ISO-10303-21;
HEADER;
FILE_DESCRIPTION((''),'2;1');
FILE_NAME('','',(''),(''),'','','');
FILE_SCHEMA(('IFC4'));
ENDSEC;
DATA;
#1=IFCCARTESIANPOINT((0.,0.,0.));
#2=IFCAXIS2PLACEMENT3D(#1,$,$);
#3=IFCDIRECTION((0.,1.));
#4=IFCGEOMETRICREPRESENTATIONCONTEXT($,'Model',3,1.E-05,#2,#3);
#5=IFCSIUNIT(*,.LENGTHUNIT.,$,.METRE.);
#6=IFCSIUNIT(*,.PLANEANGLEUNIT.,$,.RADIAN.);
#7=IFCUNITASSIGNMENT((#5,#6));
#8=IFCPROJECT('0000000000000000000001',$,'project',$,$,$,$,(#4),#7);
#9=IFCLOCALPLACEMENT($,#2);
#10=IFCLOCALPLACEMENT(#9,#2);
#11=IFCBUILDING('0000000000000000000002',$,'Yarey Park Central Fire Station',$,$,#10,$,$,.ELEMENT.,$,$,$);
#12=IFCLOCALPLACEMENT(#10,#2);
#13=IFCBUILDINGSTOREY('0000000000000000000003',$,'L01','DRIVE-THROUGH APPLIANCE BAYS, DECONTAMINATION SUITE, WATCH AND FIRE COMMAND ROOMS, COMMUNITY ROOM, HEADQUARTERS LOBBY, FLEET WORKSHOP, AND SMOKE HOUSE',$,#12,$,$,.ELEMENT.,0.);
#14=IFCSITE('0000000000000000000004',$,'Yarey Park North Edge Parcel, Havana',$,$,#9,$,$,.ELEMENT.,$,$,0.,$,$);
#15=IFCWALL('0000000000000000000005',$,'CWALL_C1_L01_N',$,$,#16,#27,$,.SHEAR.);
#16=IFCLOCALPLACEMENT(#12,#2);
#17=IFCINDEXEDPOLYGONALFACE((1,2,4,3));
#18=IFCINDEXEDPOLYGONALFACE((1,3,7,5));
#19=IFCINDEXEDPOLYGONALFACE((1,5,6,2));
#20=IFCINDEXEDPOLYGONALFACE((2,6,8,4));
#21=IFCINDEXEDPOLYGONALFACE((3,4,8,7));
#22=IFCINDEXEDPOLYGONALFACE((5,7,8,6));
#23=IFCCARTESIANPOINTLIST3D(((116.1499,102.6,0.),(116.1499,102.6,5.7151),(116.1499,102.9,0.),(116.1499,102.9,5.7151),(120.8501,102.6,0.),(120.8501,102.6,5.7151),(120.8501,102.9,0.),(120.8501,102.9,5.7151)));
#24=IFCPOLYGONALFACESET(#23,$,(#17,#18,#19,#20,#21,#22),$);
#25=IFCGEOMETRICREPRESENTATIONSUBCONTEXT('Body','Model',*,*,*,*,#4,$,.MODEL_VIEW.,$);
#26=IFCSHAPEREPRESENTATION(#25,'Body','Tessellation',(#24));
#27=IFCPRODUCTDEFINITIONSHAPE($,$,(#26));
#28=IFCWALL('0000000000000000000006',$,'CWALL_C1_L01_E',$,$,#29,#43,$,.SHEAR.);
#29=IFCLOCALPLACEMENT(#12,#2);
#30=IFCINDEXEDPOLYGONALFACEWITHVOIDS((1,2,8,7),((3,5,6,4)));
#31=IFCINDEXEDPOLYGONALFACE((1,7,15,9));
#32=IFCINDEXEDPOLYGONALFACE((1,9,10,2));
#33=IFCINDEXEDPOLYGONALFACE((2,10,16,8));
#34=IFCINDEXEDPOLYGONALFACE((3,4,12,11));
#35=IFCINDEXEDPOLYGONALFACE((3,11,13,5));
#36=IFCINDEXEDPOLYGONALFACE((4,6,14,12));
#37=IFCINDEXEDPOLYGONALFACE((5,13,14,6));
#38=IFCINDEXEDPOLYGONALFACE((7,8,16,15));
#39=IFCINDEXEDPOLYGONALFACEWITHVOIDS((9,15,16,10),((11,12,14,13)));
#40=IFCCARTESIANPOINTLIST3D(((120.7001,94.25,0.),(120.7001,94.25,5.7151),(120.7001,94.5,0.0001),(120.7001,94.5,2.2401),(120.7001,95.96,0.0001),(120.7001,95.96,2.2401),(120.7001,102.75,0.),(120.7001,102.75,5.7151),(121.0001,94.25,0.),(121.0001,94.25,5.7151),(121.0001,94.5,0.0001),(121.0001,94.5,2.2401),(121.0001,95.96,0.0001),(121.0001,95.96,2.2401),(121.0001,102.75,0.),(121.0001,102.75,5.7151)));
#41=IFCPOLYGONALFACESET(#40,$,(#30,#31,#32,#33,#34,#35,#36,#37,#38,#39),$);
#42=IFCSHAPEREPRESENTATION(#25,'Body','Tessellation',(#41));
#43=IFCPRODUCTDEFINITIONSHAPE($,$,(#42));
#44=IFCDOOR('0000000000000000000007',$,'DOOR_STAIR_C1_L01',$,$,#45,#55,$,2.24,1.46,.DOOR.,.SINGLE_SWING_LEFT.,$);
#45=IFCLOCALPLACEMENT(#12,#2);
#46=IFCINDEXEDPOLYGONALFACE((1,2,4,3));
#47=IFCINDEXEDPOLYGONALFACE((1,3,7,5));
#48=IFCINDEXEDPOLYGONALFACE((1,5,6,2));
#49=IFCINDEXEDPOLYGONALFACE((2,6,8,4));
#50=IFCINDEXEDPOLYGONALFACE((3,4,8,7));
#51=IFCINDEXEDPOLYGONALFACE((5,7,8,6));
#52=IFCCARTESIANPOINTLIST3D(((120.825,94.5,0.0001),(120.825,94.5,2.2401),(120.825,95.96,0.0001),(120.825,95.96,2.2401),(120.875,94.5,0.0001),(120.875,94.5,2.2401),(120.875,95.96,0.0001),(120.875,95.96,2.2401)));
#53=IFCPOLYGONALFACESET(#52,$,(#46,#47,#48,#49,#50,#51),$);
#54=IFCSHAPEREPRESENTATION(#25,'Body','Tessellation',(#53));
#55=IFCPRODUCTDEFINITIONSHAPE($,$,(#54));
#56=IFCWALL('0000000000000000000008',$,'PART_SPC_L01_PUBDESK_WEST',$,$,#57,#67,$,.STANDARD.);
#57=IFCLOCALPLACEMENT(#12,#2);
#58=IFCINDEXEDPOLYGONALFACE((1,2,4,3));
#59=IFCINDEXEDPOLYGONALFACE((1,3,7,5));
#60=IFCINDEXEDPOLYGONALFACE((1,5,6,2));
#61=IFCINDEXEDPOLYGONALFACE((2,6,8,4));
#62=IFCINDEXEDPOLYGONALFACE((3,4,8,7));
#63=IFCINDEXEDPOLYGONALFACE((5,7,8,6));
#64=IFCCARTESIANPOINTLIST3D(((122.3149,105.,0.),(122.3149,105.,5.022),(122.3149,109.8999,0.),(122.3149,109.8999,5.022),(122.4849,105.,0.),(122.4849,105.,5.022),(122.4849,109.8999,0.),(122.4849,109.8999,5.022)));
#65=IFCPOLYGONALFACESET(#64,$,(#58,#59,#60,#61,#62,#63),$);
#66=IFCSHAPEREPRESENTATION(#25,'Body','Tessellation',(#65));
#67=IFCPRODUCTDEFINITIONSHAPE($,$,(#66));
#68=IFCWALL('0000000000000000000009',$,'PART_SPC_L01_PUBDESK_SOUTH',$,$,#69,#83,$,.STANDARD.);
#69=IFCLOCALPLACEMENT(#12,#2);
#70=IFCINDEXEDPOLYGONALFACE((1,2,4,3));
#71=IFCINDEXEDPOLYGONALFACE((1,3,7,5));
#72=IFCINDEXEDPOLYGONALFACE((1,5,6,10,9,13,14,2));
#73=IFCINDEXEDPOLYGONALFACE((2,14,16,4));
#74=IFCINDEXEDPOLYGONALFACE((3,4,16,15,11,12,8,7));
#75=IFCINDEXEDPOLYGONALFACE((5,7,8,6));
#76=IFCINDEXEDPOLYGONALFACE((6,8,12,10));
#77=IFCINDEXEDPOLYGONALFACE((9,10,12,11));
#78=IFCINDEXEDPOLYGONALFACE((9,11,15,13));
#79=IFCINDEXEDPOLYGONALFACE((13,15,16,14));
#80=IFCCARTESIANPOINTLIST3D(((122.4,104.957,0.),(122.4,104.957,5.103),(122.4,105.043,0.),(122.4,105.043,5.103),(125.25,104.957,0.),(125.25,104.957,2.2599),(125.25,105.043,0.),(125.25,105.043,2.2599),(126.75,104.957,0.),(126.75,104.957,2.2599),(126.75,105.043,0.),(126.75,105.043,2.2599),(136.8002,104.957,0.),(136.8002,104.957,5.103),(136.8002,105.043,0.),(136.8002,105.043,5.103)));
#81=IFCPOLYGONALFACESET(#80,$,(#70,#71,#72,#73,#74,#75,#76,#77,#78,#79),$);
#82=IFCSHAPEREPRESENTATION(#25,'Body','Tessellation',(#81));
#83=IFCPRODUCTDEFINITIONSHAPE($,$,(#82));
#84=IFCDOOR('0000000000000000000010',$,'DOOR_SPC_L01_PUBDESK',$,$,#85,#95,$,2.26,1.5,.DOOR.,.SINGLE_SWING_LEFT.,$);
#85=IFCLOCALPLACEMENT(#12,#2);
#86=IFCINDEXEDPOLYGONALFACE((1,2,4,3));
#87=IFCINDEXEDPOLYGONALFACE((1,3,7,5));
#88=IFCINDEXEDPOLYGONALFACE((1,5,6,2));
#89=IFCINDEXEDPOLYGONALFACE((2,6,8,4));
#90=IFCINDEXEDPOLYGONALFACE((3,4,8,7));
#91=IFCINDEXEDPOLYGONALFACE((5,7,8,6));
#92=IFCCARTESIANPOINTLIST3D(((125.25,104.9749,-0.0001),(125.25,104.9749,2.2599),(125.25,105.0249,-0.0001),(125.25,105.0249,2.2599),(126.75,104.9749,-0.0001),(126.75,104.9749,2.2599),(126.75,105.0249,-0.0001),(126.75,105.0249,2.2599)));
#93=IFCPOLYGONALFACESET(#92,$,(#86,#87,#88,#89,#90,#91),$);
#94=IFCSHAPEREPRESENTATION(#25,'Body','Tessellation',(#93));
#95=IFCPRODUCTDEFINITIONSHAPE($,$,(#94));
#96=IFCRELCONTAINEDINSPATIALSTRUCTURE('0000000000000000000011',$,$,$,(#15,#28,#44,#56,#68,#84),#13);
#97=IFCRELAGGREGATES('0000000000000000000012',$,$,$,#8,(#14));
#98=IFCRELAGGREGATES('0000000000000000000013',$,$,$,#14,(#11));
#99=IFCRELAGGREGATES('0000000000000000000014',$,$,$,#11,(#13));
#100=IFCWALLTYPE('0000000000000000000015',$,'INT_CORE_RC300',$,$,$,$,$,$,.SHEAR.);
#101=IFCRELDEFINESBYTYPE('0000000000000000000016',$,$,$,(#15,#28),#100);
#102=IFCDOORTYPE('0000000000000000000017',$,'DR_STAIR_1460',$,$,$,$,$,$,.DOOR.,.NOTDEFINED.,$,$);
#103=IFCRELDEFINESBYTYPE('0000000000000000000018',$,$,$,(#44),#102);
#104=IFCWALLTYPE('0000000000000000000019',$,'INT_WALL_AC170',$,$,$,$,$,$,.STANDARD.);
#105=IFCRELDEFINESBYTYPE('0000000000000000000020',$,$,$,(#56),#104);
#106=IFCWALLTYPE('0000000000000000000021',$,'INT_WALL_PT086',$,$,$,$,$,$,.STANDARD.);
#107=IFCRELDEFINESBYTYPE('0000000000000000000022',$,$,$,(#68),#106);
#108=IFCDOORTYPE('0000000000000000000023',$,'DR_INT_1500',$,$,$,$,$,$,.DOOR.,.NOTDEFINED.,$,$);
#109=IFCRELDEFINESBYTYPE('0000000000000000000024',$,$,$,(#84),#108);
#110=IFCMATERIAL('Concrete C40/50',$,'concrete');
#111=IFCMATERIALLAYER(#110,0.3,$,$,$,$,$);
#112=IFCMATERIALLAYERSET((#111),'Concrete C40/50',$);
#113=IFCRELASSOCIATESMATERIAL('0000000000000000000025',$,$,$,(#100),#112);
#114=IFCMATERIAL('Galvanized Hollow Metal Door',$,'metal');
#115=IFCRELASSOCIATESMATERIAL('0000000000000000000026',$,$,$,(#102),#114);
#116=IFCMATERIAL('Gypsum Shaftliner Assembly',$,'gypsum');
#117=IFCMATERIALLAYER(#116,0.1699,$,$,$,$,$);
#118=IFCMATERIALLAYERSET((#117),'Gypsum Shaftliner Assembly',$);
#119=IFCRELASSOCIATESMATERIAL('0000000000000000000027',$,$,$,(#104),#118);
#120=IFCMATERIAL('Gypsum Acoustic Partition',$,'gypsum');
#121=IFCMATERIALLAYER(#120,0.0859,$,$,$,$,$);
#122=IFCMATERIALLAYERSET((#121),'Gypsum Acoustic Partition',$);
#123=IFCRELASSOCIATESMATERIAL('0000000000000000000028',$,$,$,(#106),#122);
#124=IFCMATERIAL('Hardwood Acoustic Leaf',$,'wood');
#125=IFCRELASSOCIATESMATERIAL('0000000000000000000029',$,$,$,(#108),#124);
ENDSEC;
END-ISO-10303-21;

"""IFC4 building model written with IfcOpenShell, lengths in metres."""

from ifc_helpers import new_model, si_unit, direction, frame, frame_2d, origin, place, context, subcontext, project, spatial, rectangle, extrude, material, layer, layer_set, type_object, element, fill, save


model = new_model("IFC4")

# Units and contexts
model_context = context("Model", 3, precision=1e-05, world=origin(), true_north=direction((0.0, 1.0)))
body_context = subcontext(model_context, "Body", "Model", "MODEL_VIEW")
ifc_project = project(units=[si_unit("LENGTHUNIT", "METRE"), si_unit("PLANEANGLEUNIT", "RADIAN")], contexts=[model_context])

# Site, building, storey
site_placement = place(None, origin())
site = spatial("IfcSite", under=ifc_project, at=site_placement, Name="Yarey Park North Edge Parcel, Havana", CompositionType="ELEMENT", RefElevation=0.0)
building_placement = place(site_placement, origin())
building = spatial("IfcBuilding", under=site, at=building_placement, Name="Yarey Park Central Fire Station", CompositionType="ELEMENT")
storey_placement = place(building_placement, origin())
storey = spatial("IfcBuildingStorey", under=building, at=storey_placement, Name="L01", Description="DRIVE-THROUGH APPLIANCE BAYS, DECONTAMINATION SUITE, WATCH AND FIRE COMMAND ROOMS, COMMUNITY ROOM, HEADQUARTERS LOBBY, FLEET WORKSHOP, AND SMOKE HOUSE", CompositionType="ELEMENT", Elevation=0.0)

# Shared definitions
ifc_material_1 = material(Name="Concrete C40/50", Category="concrete")

# Wall
ifc_layer_1 = layer(ifc_material_1, 0.3)
ifc_layer_set_1 = layer_set([ifc_layer_1], Name="Concrete C40/50")
wall_type_1 = type_object("IfcWallType", Name="INT_CORE_RC300", PredefinedType="SHEAR", material=ifc_layer_set_1)
wall_1_placement = place(storey_placement, frame((120.8501, 102.75, 0.0), z_axis=(0.0, 0.0, 1.0), x_axis=(-1.0, 0.0, 0.0)))
element("IfcWall", 1, at=wall_1_placement, inside=storey, type_object=wall_type_1, Name="CWALL_C1_L01_N", PredefinedType="SHEAR", context=body_context, shape_type="SweptSolid", body=[
    extrude(rectangle(XDim=4.7002, YDim=0.3, at=frame_2d((2.3501, 0.0))), origin(), (0.0, 0.0, 1.0), 5.7151),
])

# Wall, opening, door
wall_2_placement = place(storey_placement, frame((120.8501, 102.75, 0.0), z_axis=(0.0, 0.0, 1.0), x_axis=(0.0, -1.0, 0.0)))
wall_2 = element("IfcWall", 2, at=wall_2_placement, inside=storey, type_object=wall_type_1, Name="CWALL_C1_L01_E", PredefinedType="SHEAR", context=body_context, shape_type="SweptSolid", body=[
    extrude(rectangle(XDim=8.5, YDim=0.3, at=frame_2d((4.25, 0.0))), origin(), (0.0, 0.0, 1.0), 5.7151),
])
opening_1_placement = place(wall_2_placement, frame((6.79, 0.0, 0.0)))
opening_1 = element("IfcOpeningElement", 3, at=opening_1_placement, cuts=wall_2, PredefinedType="OPENING", context=body_context, shape_type="SweptSolid", body=[
    extrude(rectangle(XDim=1.46, YDim=2.24, at=frame_2d((0.73, 1.1201))), frame((0.0, 0.1599, 0.0), z_axis=(0.0, -1.0, 0.0), x_axis=(1.0, 0.0, 0.0)), (0.0, 0.0, 1.0), 0.3201),
])
ifc_material_2 = material(Name="Galvanized Hollow Metal Door", Category="metal")
door_type_1 = type_object("IfcDoorType", Name="DR_STAIR_1460", OperationType="NOTDEFINED", PredefinedType="DOOR", material=ifc_material_2)
door_1_placement = place(opening_1_placement, origin())
door_1 = element("IfcDoor", 4, at=door_1_placement, inside=storey, type_object=door_type_1, Name="DOOR_STAIR_C1_L01", OperationType="SINGLE_SWING_LEFT", OverallHeight=2.24, OverallWidth=1.46, PredefinedType="DOOR", context=body_context, shape_type="SweptSolid", body=[
    extrude(rectangle(XDim=1.46, YDim=2.24, at=frame_2d((0.73, 1.1201))), frame((0.0, 0.0249, 0.0), z_axis=(0.0, -1.0, 0.0), x_axis=(1.0, 0.0, 0.0)), (0.0, 0.0, 1.0), 0.05),
])
fill(opening_1, door_1)

# Wall
ifc_material_3 = material(Name="Gypsum Shaftliner Assembly", Category="gypsum")
ifc_layer_2 = layer(ifc_material_3, 0.1699)
ifc_layer_set_2 = layer_set([ifc_layer_2], Name="Gypsum Shaftliner Assembly")
wall_type_2 = type_object("IfcWallType", Name="INT_WALL_AC170", PredefinedType="STANDARD", material=ifc_layer_set_2)
wall_3_placement = place(storey_placement, frame((122.3999, 109.8999, 0.0), z_axis=(0.0, 0.0, 1.0), x_axis=(0.0, -1.0, 0.0)))
element("IfcWall", 5, at=wall_3_placement, inside=storey, type_object=wall_type_2, Name="PART_SPC_L01_PUBDESK_WEST", PredefinedType="STANDARD", context=body_context, shape_type="SweptSolid", body=[
    extrude(rectangle(XDim=4.8999, YDim=0.1699, at=frame_2d((2.45, 0.0))), origin(), (0.0, 0.0, 1.0), 5.022),
])

# Wall, opening, door
ifc_material_4 = material(Name="Gypsum Acoustic Partition", Category="gypsum")
ifc_layer_3 = layer(ifc_material_4, 0.0859)
ifc_layer_set_3 = layer_set([ifc_layer_3], Name="Gypsum Acoustic Partition")
wall_type_3 = type_object("IfcWallType", Name="INT_WALL_PT086", PredefinedType="STANDARD", material=ifc_layer_set_3)
wall_4_placement = place(storey_placement, frame((122.3999, 105.0, 0.0), z_axis=(0.0, 0.0, 1.0), x_axis=(1.0, 0.0, 0.0)))
wall_4 = element("IfcWall", 6, at=wall_4_placement, inside=storey, type_object=wall_type_3, Name="PART_SPC_L01_PUBDESK_SOUTH", PredefinedType="STANDARD", context=body_context, shape_type="SweptSolid", body=[
    extrude(rectangle(XDim=14.4001, YDim=0.0859, at=frame_2d((7.2002, 0.0))), origin(), (0.0, 0.0, 1.0), 5.103),
])
opening_2_placement = place(wall_4_placement, frame((2.8501, 0.0, 0.0)))
opening_2 = element("IfcOpeningElement", 7, at=opening_2_placement, cuts=wall_4, PredefinedType="OPENING", context=body_context, shape_type="SweptSolid", body=[
    extrude(rectangle(XDim=1.5, YDim=2.26, at=frame_2d((0.75, 1.1299))), frame((0.0, 0.053, 0.0), z_axis=(0.0, -1.0, 0.0), x_axis=(1.0, 0.0, 0.0)), (0.0, 0.0, 1.0), 0.106),
])
ifc_material_5 = material(Name="Hardwood Acoustic Leaf", Category="wood")
door_type_2 = type_object("IfcDoorType", Name="DR_INT_1500", OperationType="NOTDEFINED", PredefinedType="DOOR", material=ifc_material_5)
door_2_placement = place(opening_2_placement, origin())
door_2 = element("IfcDoor", 8, at=door_2_placement, inside=storey, type_object=door_type_2, Name="DOOR_SPC_L01_PUBDESK", OperationType="SINGLE_SWING_LEFT", OverallHeight=2.26, OverallWidth=1.5, PredefinedType="DOOR", context=body_context, shape_type="SweptSolid", body=[
    extrude(rectangle(XDim=1.5, YDim=2.26, at=frame_2d((0.75, 1.1299))), frame((0.0, 0.0249, 0.0), z_axis=(0.0, -1.0, 0.0), x_axis=(1.0, 0.0, 0.0)), (0.0, 0.0, 1.0), 0.05),
])
fill(opening_2, door_2)

save(model, "model.ifc")
